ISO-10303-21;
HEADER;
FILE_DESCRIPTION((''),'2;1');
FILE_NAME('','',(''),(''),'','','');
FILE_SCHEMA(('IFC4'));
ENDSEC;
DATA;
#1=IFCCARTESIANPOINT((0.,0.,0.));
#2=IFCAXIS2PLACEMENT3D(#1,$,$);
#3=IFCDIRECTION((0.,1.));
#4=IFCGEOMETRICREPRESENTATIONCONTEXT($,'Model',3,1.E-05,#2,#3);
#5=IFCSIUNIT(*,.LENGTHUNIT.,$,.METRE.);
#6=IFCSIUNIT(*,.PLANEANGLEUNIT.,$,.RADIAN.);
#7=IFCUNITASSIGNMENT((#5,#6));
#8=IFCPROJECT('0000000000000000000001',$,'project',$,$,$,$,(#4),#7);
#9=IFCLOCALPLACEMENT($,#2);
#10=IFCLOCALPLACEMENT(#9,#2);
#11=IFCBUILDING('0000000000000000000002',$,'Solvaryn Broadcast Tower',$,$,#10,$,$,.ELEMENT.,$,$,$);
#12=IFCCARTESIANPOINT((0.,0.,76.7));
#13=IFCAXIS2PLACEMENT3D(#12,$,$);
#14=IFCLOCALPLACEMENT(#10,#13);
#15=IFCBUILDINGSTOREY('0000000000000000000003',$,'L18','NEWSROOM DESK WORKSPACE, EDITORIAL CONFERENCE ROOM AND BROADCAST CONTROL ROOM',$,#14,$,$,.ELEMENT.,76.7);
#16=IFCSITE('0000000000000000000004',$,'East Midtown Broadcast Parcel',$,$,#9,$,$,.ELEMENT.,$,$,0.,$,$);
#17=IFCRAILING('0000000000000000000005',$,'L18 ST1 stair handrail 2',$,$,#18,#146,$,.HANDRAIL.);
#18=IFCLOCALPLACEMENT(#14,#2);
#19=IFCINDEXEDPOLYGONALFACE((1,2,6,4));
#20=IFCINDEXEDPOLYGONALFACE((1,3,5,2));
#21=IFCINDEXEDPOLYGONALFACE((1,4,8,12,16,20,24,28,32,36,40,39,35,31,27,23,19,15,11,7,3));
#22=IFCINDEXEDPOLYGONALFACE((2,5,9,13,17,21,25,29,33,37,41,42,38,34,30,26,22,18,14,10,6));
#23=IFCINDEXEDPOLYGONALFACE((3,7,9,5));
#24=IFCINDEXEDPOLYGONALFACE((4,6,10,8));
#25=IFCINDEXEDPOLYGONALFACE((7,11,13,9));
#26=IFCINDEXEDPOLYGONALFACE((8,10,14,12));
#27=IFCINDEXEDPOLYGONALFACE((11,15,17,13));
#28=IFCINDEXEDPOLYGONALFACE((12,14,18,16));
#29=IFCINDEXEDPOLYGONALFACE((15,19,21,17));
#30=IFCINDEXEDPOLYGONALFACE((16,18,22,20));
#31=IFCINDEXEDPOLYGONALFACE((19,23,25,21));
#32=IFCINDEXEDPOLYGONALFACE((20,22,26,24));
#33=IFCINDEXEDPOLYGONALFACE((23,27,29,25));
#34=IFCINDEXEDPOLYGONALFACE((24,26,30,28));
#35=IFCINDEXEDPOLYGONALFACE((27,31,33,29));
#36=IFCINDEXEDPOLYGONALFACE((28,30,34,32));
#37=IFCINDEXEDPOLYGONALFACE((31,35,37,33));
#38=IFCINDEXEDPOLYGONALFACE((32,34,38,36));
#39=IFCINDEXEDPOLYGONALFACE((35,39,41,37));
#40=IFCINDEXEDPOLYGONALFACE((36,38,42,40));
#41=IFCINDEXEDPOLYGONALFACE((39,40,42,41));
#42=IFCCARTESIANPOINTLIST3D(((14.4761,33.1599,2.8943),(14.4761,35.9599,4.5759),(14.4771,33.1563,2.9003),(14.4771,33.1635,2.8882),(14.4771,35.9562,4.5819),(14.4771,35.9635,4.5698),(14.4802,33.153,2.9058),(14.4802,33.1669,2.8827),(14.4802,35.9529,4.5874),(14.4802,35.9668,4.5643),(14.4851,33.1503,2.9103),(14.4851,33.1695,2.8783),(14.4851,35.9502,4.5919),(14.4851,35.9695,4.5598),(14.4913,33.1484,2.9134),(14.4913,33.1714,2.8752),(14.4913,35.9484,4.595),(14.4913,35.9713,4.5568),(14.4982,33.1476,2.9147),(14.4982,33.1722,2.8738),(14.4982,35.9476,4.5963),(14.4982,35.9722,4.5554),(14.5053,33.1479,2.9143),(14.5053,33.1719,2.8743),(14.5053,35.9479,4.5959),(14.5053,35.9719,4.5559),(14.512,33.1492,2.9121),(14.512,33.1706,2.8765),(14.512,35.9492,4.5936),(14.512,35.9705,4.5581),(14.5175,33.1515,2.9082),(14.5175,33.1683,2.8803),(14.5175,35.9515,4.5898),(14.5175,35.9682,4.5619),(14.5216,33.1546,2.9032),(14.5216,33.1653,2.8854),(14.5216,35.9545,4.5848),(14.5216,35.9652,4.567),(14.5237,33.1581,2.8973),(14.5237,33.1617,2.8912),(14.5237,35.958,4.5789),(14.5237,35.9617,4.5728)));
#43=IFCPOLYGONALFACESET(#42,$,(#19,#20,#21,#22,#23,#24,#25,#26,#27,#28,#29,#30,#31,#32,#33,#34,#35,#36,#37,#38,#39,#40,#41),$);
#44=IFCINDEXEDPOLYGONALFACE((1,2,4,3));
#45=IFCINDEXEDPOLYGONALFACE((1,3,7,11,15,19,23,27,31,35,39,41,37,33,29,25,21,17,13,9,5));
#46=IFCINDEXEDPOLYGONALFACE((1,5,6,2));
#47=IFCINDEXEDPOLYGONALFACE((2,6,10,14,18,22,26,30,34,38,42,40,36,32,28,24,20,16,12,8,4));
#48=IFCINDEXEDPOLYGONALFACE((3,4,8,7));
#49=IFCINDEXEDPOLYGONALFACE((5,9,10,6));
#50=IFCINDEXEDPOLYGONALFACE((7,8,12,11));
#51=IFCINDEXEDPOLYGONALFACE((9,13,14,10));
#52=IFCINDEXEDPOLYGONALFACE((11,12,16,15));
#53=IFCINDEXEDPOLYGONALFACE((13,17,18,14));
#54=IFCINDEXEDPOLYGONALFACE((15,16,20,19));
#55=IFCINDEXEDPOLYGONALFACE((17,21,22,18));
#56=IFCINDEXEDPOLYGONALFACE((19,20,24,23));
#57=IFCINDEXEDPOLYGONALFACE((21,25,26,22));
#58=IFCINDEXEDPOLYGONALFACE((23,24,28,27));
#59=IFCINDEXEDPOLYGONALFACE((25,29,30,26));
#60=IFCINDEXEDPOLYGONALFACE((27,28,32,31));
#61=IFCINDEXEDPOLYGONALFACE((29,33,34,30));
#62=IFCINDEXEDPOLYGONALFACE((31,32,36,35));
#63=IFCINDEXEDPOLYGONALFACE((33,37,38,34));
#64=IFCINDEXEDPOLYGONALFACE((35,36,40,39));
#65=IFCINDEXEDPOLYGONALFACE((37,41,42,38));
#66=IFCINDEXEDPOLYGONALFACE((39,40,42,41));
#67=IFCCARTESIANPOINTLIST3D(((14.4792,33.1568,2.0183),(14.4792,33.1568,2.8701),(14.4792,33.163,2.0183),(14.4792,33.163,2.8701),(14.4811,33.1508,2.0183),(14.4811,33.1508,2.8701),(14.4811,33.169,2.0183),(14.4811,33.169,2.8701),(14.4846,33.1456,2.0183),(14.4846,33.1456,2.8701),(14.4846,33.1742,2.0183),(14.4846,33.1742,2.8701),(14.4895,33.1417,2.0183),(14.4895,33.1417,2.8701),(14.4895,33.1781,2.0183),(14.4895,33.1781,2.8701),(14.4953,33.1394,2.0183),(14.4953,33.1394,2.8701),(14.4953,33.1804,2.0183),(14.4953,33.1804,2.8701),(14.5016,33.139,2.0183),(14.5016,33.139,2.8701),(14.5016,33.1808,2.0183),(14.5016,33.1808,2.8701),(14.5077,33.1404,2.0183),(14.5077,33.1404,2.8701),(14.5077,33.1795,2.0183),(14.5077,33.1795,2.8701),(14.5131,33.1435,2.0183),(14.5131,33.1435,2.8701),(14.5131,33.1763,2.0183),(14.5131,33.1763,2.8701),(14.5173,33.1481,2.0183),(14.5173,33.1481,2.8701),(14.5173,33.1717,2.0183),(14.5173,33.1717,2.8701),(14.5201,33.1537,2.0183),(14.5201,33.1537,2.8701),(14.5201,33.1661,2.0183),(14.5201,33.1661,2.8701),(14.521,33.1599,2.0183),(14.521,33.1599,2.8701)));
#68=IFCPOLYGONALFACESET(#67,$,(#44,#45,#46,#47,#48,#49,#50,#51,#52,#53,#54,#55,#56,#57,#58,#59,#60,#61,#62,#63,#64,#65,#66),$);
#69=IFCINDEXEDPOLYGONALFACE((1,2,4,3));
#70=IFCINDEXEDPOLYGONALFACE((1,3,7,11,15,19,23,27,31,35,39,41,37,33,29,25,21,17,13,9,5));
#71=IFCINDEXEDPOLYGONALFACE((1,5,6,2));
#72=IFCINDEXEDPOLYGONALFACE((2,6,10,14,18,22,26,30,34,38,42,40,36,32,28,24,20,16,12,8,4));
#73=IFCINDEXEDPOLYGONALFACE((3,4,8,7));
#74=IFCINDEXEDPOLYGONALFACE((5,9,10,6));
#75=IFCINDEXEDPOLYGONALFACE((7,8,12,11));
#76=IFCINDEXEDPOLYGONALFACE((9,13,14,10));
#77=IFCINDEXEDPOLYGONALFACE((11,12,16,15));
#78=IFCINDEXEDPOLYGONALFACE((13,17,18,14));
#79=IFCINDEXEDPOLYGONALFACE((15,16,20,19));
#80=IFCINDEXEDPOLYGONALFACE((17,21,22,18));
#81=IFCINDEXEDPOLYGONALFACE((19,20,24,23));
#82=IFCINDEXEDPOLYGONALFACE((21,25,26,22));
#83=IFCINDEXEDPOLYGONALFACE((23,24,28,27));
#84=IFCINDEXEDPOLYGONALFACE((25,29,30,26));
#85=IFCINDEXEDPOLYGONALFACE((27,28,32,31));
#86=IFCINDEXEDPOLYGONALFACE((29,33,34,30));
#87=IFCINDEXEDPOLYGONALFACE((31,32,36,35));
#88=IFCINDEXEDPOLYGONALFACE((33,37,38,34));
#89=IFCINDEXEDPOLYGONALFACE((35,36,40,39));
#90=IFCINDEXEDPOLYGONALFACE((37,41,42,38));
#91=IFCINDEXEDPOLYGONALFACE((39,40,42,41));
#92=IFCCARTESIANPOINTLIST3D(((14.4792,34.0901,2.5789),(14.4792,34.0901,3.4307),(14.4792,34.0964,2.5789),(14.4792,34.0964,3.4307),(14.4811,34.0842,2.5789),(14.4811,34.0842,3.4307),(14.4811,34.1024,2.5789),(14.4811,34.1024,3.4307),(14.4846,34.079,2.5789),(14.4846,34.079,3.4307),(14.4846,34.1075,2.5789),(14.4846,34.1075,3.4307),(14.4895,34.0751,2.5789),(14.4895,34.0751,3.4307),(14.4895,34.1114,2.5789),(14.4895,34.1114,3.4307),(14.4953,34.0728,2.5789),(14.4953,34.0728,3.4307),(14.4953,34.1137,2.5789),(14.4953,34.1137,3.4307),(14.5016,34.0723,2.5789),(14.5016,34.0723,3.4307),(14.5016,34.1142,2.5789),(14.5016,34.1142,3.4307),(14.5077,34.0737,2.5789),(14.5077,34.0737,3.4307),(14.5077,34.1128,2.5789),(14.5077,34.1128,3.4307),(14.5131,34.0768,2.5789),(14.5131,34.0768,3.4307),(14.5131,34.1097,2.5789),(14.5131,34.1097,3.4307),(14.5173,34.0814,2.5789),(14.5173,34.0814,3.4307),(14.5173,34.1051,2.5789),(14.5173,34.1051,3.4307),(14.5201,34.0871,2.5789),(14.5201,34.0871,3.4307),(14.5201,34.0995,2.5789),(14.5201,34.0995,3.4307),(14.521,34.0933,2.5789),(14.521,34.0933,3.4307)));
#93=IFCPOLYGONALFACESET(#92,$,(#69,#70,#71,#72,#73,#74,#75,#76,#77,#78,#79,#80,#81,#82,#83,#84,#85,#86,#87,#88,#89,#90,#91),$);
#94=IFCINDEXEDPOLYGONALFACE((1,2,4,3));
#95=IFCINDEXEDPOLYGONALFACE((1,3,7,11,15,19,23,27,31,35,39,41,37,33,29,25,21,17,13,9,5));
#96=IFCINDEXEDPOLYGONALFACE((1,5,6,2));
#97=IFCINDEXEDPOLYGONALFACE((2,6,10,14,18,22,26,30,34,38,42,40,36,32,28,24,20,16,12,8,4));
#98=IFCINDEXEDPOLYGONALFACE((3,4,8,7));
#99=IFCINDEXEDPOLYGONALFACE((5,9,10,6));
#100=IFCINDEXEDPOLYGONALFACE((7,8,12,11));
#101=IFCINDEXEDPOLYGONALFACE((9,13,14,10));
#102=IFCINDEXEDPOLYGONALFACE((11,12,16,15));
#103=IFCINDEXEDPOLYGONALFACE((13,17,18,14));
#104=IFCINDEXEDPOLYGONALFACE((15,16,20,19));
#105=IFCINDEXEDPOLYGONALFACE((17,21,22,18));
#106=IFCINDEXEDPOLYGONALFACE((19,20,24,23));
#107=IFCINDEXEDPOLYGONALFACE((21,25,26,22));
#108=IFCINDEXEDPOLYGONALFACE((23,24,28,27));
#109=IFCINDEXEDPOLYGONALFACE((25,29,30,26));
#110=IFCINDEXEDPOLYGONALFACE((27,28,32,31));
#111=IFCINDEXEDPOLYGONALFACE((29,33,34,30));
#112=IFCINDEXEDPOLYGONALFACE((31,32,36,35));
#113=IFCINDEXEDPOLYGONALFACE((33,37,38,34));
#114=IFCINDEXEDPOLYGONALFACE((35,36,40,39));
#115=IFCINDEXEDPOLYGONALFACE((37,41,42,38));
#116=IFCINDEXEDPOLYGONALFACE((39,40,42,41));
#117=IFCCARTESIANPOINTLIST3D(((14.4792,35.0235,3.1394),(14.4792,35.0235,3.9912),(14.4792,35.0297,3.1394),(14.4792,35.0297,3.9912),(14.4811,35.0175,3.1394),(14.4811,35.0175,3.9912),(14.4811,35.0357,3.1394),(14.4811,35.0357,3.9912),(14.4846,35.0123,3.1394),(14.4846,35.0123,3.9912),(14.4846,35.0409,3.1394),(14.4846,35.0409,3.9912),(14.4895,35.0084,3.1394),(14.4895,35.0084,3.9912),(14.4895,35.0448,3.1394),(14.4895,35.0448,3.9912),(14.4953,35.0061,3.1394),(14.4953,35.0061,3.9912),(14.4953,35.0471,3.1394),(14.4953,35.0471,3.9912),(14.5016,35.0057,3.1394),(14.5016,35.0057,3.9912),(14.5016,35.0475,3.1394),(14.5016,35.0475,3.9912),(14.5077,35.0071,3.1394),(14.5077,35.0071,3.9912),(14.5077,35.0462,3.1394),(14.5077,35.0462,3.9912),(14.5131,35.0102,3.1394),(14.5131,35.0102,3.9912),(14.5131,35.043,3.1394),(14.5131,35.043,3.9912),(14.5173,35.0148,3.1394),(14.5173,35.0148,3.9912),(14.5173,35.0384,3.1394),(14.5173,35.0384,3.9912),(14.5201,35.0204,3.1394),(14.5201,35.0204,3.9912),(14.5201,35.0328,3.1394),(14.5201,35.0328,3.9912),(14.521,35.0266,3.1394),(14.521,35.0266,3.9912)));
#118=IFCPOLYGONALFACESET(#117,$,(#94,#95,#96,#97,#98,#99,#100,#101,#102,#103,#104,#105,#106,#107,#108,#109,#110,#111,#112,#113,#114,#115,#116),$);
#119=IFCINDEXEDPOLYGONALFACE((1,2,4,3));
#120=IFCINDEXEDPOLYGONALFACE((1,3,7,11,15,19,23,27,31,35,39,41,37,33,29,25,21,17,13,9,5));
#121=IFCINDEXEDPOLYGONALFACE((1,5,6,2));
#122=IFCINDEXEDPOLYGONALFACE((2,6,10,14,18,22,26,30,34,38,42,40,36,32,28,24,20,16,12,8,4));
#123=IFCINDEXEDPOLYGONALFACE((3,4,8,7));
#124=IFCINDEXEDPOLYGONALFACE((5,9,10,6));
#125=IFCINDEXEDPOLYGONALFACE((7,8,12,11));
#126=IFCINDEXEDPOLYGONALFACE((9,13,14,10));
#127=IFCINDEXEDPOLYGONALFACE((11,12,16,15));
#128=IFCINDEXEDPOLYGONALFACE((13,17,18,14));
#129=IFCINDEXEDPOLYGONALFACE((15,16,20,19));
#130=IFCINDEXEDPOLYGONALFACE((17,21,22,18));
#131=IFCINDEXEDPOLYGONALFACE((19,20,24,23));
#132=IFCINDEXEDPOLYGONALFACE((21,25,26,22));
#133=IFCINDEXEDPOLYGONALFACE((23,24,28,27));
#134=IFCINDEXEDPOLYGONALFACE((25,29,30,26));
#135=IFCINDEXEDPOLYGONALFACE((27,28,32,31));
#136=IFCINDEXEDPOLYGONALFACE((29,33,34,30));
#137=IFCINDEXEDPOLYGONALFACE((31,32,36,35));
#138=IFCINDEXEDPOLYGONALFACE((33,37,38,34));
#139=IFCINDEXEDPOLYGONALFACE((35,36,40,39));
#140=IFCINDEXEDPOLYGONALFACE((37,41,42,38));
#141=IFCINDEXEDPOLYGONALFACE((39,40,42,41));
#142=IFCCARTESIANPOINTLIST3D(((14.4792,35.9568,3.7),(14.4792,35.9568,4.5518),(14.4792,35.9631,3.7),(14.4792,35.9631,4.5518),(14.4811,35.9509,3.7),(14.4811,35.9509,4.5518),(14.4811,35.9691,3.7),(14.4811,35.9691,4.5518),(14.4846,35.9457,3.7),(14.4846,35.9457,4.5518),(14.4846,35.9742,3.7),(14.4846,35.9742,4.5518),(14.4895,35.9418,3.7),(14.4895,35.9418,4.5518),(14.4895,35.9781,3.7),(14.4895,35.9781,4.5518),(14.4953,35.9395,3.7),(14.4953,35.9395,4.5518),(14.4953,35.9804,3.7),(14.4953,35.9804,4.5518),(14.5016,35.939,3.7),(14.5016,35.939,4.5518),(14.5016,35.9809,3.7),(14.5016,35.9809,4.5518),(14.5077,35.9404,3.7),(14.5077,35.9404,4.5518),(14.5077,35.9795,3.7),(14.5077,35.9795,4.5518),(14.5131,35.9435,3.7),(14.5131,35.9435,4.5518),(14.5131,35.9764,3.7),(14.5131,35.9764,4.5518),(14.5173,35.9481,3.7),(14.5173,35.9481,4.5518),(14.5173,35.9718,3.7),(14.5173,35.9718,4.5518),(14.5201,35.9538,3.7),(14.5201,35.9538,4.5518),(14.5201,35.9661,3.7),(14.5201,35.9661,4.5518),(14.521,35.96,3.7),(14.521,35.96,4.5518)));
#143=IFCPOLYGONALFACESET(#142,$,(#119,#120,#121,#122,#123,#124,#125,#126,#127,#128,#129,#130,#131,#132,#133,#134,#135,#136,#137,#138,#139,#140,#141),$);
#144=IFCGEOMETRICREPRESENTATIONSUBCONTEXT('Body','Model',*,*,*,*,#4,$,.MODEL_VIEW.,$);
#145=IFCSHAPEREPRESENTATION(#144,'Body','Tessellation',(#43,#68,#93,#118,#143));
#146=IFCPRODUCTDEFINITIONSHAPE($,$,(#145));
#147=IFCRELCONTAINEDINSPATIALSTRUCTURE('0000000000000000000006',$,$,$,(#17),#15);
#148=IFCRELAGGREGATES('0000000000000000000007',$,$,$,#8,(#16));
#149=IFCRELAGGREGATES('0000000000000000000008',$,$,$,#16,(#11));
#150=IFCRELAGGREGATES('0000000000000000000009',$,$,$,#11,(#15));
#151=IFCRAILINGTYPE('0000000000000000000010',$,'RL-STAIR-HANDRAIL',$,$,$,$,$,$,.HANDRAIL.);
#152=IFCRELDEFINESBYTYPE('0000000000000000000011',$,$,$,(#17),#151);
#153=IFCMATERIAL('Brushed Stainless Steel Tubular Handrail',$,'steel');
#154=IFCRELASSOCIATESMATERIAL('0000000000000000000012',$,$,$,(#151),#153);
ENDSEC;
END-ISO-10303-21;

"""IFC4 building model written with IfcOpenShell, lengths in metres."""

from ifc_helpers import new_model, si_unit, direction, frame, origin, origin_2d, place, context, subcontext, project, spatial, circle, extrude, material, type_object, element, save


model = new_model("IFC4")

# Units and contexts
model_context = context("Model", 3, precision=1e-05, world=origin(), true_north=direction((0.0, 1.0)))
body_context = subcontext(model_context, "Body", "Model", "MODEL_VIEW")
ifc_project = project(units=[si_unit("LENGTHUNIT", "METRE"), si_unit("PLANEANGLEUNIT", "RADIAN")], contexts=[model_context])

# Site, building, storey
site_placement = place(None, origin())
site = spatial("IfcSite", under=ifc_project, at=site_placement, Name="East Midtown Broadcast Parcel", CompositionType="ELEMENT", RefElevation=0.0)
building_placement = place(site_placement, origin())
building = spatial("IfcBuilding", under=site, at=building_placement, Name="Solvaryn Broadcast Tower", CompositionType="ELEMENT")
storey_placement = place(building_placement, frame((0.0, 0.0, 76.7)))
storey = spatial("IfcBuildingStorey", under=building, at=storey_placement, Name="L18", Description="NEWSROOM DESK WORKSPACE, EDITORIAL CONFERENCE ROOM AND BROADCAST CONTROL ROOM", CompositionType="ELEMENT", Elevation=76.7)

# Railing
ifc_material_1 = material(Name="Brushed Stainless Steel Tubular Handrail", Category="steel")
railing_type_1 = type_object("IfcRailingType", Name="RL-STAIR-HANDRAIL", PredefinedType="HANDRAIL", material=ifc_material_1)
railing_1_placement = place(storey_placement, frame((14.5, 33.1599, 2.0183)))
element("IfcRailing", 1, at=railing_1_placement, inside=storey, type_object=railing_type_1, Name="L18 ST1 stair handrail 2", PredefinedType="HANDRAIL", context=body_context, shape_type="SweptSolid", body=[
    extrude(circle(Radius=0.0239, at=origin_2d()), frame((0.0, 0.0, 0.876), z_axis=(0.0, 0.857275, 0.514858), x_axis=(-1.0, 0.0, 0.0)), (0.0, 0.0, 1.0), 3.2661),
    extrude(circle(Radius=0.021, at=origin_2d()), origin(), (0.0, 0.0, 1.0), 0.8518),
    extrude(circle(Radius=0.021, at=origin_2d()), frame((0.0, 0.9333, 0.5605)), (0.0, 0.0, 1.0), 0.8518),
    extrude(circle(Radius=0.021, at=origin_2d()), frame((0.0, 1.8667, 1.1211)), (0.0, 0.0, 1.0), 0.8518),
    extrude(circle(Radius=0.021, at=origin_2d()), frame((0.0, 2.8, 1.6816)), (0.0, 0.0, 1.0), 0.8518),
])

save(model, "model.ifc")
